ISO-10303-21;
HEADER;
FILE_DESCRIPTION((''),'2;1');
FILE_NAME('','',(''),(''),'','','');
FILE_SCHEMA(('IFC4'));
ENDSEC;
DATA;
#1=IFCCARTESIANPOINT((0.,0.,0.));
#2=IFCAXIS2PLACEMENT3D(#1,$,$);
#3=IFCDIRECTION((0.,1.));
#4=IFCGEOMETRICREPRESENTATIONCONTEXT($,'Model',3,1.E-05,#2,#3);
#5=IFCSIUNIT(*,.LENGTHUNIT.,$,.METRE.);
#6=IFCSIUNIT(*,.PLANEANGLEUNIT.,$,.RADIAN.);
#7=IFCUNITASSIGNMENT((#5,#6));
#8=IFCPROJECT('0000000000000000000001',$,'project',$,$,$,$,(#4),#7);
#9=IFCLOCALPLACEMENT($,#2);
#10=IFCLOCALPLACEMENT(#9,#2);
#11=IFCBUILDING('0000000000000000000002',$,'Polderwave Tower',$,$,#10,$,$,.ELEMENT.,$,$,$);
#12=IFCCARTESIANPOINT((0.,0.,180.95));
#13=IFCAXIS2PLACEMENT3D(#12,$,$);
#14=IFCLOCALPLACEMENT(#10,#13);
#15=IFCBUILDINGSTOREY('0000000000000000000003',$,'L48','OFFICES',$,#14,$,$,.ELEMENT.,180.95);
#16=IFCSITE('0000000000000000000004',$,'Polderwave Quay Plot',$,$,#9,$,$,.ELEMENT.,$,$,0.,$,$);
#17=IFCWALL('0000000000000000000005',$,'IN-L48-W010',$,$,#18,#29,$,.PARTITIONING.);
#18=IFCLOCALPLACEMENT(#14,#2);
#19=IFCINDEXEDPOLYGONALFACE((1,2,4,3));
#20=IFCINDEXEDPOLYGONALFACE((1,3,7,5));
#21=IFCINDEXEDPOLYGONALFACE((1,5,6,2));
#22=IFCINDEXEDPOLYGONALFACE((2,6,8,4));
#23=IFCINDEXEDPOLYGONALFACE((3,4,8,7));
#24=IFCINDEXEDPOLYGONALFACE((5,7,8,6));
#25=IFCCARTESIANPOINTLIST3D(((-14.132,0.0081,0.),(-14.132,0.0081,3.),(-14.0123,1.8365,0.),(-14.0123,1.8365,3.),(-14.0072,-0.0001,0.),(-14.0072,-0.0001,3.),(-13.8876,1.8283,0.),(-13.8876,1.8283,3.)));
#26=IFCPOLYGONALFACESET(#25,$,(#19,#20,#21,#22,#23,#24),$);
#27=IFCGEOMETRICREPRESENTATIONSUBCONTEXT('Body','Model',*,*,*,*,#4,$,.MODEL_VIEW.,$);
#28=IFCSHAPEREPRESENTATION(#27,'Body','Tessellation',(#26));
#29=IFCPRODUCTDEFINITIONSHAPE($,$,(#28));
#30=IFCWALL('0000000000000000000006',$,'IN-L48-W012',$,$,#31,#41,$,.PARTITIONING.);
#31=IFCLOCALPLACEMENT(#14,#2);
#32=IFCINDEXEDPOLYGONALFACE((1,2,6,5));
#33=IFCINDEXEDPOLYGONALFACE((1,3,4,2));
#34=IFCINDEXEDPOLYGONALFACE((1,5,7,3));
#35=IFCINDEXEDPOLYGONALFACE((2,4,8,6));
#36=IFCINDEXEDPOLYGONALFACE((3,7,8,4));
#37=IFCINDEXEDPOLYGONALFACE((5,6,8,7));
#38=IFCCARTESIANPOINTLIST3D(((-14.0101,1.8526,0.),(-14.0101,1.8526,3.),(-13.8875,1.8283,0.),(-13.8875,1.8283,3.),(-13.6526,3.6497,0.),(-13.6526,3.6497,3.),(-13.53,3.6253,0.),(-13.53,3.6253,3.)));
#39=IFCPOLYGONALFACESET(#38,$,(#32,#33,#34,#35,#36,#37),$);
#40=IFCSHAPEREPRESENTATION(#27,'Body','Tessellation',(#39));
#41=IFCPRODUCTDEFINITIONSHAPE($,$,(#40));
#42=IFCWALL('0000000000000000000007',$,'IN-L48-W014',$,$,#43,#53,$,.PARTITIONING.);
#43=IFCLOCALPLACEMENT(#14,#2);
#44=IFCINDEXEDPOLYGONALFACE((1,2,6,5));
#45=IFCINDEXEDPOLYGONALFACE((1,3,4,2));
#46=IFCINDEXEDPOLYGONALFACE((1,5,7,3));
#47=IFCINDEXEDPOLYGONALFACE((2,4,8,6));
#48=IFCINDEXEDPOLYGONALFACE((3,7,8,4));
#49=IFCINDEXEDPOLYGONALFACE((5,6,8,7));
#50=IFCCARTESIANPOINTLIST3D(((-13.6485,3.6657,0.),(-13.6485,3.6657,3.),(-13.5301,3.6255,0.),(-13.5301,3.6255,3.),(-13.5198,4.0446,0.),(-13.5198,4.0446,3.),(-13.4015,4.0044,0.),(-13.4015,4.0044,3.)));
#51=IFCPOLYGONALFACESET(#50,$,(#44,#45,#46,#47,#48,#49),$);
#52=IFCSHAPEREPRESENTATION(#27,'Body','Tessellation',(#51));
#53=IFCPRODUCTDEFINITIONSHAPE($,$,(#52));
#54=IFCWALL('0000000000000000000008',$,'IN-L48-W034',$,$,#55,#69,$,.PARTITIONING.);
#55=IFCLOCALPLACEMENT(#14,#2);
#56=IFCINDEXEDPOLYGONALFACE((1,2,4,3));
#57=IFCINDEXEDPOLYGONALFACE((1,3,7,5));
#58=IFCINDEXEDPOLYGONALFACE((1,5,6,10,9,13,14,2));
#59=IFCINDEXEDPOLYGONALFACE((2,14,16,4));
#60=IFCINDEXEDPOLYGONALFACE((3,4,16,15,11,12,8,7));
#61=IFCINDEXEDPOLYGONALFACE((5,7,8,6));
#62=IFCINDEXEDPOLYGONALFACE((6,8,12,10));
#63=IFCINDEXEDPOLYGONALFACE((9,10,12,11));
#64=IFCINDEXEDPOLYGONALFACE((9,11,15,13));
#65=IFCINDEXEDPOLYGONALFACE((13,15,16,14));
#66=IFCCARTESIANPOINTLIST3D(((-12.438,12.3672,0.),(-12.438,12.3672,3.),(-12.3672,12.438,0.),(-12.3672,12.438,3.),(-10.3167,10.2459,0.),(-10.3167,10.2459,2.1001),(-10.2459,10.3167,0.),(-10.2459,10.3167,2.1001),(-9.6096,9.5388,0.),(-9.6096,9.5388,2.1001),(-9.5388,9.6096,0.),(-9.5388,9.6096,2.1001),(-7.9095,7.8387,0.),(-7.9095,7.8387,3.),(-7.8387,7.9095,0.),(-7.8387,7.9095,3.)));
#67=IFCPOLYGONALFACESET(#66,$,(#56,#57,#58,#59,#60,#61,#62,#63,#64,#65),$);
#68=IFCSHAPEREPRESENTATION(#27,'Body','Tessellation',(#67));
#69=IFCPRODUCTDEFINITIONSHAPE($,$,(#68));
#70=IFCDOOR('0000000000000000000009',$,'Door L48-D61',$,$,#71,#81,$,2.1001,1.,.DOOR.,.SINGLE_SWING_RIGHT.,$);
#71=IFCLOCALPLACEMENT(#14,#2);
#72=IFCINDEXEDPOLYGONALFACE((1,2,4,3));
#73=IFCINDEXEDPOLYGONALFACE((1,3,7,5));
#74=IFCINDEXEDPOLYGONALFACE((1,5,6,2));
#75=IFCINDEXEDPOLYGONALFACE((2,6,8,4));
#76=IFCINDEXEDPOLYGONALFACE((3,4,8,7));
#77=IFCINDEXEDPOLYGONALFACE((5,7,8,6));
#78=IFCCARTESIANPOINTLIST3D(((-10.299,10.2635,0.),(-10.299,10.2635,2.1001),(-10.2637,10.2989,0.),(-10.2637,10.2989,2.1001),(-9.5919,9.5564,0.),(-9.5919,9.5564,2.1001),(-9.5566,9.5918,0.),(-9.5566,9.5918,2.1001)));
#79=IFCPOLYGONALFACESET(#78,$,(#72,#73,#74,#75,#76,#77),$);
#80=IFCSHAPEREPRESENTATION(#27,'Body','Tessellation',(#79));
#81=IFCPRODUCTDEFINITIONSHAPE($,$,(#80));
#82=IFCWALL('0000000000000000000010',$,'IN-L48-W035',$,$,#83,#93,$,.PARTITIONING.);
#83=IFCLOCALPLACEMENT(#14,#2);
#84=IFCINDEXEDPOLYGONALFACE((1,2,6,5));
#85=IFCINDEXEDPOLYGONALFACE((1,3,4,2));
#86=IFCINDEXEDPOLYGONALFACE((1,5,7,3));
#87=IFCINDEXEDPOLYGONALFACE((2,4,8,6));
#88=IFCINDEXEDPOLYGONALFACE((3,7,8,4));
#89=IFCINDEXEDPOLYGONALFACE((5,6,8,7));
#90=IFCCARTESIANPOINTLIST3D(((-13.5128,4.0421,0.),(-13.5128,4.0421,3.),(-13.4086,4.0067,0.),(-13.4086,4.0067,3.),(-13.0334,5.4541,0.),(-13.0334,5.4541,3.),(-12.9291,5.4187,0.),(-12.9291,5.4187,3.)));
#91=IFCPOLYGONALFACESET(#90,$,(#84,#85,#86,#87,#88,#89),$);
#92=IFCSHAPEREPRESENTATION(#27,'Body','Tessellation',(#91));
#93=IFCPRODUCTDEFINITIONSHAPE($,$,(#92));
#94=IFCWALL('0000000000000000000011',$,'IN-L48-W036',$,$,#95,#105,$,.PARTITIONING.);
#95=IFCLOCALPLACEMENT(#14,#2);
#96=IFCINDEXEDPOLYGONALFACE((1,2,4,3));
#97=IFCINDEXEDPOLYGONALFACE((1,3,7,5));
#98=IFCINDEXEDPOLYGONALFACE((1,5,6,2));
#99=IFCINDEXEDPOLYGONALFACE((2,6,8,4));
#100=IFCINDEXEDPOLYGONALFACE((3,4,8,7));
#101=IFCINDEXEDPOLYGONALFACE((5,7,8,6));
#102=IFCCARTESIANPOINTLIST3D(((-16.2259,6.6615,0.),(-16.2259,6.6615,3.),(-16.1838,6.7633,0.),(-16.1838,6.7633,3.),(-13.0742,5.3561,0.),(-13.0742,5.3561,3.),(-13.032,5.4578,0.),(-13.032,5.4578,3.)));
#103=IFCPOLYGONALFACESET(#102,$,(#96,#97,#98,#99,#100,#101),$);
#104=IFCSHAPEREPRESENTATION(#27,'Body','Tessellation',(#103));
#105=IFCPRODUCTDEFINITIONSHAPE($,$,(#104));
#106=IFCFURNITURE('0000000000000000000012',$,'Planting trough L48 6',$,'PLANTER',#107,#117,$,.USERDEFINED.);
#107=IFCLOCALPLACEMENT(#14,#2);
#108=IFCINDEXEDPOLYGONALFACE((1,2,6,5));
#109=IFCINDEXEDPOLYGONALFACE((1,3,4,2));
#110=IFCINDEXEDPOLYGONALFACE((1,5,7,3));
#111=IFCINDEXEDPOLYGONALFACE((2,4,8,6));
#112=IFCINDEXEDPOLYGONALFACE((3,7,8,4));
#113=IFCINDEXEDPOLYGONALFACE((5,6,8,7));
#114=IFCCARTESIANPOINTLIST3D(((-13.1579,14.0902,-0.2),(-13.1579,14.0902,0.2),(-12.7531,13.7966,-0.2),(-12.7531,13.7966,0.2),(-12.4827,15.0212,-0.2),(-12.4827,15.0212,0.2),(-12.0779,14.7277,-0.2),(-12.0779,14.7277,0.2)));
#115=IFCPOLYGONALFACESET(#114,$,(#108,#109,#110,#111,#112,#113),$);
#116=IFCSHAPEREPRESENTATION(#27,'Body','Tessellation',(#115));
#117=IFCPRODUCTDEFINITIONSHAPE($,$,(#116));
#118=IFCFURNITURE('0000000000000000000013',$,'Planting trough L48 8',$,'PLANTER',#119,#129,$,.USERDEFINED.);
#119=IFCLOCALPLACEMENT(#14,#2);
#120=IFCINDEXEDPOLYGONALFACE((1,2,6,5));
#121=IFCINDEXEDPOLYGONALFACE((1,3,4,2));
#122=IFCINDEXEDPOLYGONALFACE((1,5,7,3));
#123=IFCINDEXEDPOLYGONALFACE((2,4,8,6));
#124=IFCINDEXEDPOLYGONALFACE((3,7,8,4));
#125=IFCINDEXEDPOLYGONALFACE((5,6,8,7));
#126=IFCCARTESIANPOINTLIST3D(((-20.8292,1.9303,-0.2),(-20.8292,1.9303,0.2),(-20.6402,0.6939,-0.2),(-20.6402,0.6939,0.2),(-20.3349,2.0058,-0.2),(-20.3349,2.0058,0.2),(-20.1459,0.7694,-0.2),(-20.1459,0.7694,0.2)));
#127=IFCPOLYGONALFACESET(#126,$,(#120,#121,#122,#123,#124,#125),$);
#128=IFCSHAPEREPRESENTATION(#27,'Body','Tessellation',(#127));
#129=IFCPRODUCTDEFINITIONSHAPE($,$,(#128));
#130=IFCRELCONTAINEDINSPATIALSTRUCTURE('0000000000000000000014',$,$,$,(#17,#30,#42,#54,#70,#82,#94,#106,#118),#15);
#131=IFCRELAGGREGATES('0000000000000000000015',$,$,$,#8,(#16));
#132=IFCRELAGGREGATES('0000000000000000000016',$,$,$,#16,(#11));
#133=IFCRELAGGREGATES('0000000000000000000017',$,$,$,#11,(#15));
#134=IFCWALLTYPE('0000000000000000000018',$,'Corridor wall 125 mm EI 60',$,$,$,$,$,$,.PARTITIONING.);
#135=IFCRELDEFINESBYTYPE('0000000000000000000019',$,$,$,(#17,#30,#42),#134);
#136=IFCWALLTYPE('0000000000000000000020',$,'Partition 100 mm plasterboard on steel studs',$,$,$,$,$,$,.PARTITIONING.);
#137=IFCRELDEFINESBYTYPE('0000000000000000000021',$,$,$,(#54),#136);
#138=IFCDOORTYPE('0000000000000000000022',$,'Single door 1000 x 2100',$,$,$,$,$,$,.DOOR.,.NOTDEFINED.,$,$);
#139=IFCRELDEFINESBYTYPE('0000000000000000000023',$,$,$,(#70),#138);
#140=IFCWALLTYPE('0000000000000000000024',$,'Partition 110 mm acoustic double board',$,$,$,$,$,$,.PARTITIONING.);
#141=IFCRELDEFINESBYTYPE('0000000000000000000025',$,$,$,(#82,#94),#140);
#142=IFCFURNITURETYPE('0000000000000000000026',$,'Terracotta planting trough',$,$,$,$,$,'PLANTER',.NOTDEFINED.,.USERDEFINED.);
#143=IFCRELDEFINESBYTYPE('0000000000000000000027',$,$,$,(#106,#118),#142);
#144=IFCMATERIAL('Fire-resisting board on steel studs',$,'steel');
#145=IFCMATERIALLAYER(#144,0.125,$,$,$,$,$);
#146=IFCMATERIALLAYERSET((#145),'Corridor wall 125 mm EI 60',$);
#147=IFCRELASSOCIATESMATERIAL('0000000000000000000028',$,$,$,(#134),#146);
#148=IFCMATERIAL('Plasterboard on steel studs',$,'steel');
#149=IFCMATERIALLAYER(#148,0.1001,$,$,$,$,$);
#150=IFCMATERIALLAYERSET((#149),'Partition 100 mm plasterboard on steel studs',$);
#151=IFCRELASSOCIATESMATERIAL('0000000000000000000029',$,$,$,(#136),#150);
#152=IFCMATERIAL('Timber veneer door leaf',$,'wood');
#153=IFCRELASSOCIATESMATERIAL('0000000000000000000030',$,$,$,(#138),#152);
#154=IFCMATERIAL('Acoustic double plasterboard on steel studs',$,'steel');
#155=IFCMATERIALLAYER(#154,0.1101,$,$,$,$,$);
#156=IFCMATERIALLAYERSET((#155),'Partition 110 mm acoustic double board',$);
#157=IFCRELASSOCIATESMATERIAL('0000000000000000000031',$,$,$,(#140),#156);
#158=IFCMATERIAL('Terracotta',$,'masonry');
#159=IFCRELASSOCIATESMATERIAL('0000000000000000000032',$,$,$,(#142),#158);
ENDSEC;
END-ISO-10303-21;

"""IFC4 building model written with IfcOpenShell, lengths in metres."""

from ifc_helpers import new_model, si_unit, direction, frame, frame_2d, origin, origin_2d, place, context, subcontext, project, spatial, rectangle, extrude, material, layer, layer_set, type_object, element, fill, save


model = new_model("IFC4")

# Units and contexts
model_context = context("Model", 3, precision=1e-05, world=origin(), true_north=direction((0.0, 1.0)))
body_context = subcontext(model_context, "Body", "Model", "MODEL_VIEW")
ifc_project = project(units=[si_unit("LENGTHUNIT", "METRE"), si_unit("PLANEANGLEUNIT", "RADIAN")], contexts=[model_context])

# Site, building, storey
site_placement = place(None, origin())
site = spatial("IfcSite", under=ifc_project, at=site_placement, Name="Polderwave Quay Plot", CompositionType="ELEMENT", RefElevation=0.0)
building_placement = place(site_placement, origin())
building = spatial("IfcBuilding", under=site, at=building_placement, Name="Polderwave Tower", CompositionType="ELEMENT")
storey_placement = place(building_placement, frame((0.0, 0.0, 180.95)))
storey = spatial("IfcBuildingStorey", under=building, at=storey_placement, Name="L48", Description="OFFICES", CompositionType="ELEMENT", Elevation=180.95)

# Shared definitions
ifc_material_1 = material(Name="Fire-resisting board on steel studs", Category="steel")
ifc_layer_1 = layer(ifc_material_1, 0.125)
ifc_layer_set_1 = layer_set([ifc_layer_1], Name="Corridor wall 125 mm EI 60")
wall_type_1 = type_object("IfcWallType", Name="Corridor wall 125 mm EI 60", PredefinedType="PARTITIONING", material=ifc_layer_set_1)

# Walls
for number, where, z_axis, x_axis, name in (
    (1, (-14.0696, 0.0042, 0.0), (0.0, 0.0, 1.0), (0.06529, 0.997866, 0.0), "IN-L48-W010"),
    (2, (-13.9487, 1.8406, 0.0), (0.0, 0.0, 1.0), (0.195065, 0.98079, 0.0), "IN-L48-W012"),
):
    element("IfcWall", number, at=place(storey_placement, frame(where, z_axis=z_axis, x_axis=x_axis)), inside=storey, type_object=wall_type_1, Name=name, PredefinedType="PARTITIONING", context=body_context, shape_type="SweptSolid", body=[
        extrude(rectangle(XDim=1.8323, YDim=0.125, at=frame_2d((0.916, 0.0))), origin(), (0.0, 0.0, 1.0), 3.0),
    ])
wall_1_placement = place(storey_placement, frame((-13.5894, 3.6455, 0.0), z_axis=(0.0, 0.0, 1.0), x_axis=(0.321531, 0.946899, 0.0)))
element("IfcWall", 3, at=wall_1_placement, inside=storey, type_object=wall_type_1, Name="IN-L48-W014", PredefinedType="PARTITIONING", context=body_context, shape_type="SweptSolid", body=[
    extrude(rectangle(XDim=0.4001, YDim=0.125, at=frame_2d((0.2002, 0.0))), origin(), (0.0, 0.0, 1.0), 3.0),
])

# Wall, opening, door
ifc_material_2 = material(Name="Plasterboard on steel studs", Category="steel")
ifc_layer_2 = layer(ifc_material_2, 0.1001)
ifc_layer_set_2 = layer_set([ifc_layer_2], Name="Partition 100 mm plasterboard on steel studs")
wall_type_2 = type_object("IfcWallType", Name="Partition 100 mm plasterboard on steel studs", PredefinedType="PARTITIONING", material=ifc_layer_set_2)
wall_2_placement = place(storey_placement, frame((-12.4026, 12.4026, 0.0), z_axis=(0.0, 0.0, 1.0), x_axis=(0.707107, -0.707107, 0.0)))
wall_2 = element("IfcWall", 4, at=wall_2_placement, inside=storey, type_object=wall_type_2, Name="IN-L48-W034", PredefinedType="PARTITIONING", context=body_context, shape_type="SweptSolid", body=[
    extrude(rectangle(XDim=6.4043, YDim=0.1001, at=frame_2d((3.2021, 0.0))), origin(), (0.0, 0.0, 1.0), 3.0),
])
opening_1_placement = place(wall_2_placement, frame((3.0, 0.0, 0.0)))
opening_1 = element("IfcOpeningElement", 5, at=opening_1_placement, cuts=wall_2, PredefinedType="OPENING", context=body_context, shape_type="SweptSolid", body=[
    extrude(rectangle(XDim=1.0, YDim=2.1001, at=frame_2d((0.5, 1.05))), frame((0.0, 0.0601, 0.0), z_axis=(0.0, -1.0, 0.0), x_axis=(1.0, 0.0, 0.0)), (0.0, 0.0, 1.0), 0.1201),
])
ifc_material_3 = material(Name="Timber veneer door leaf", Category="wood")
door_type_1 = type_object("IfcDoorType", Name="Single door 1000 x 2100", OperationType="NOTDEFINED", PredefinedType="DOOR", material=ifc_material_3)
door_1_placement = place(opening_1_placement, origin())
door_1 = element("IfcDoor", 6, at=door_1_placement, inside=storey, type_object=door_type_1, Name="Door L48-D61", OperationType="SINGLE_SWING_RIGHT", OverallHeight=2.1001, OverallWidth=1.0, PredefinedType="DOOR", context=body_context, shape_type="SweptSolid", body=[
    extrude(rectangle(XDim=1.0, YDim=2.1001, at=frame_2d((0.5, 1.05))), frame((0.0, 0.0249, 0.0), z_axis=(0.0, -1.0, 0.0), x_axis=(1.0, 0.0, 0.0)), (0.0, 0.0, 1.0), 0.05),
])
fill(opening_1, door_1)

# Walls
ifc_material_4 = material(Name="Acoustic double plasterboard on steel studs", Category="steel")
ifc_layer_3 = layer(ifc_material_4, 0.1101)
ifc_layer_set_3 = layer_set([ifc_layer_3], Name="Partition 110 mm acoustic double board")
wall_type_3 = type_object("IfcWallType", Name="Partition 110 mm acoustic double board", PredefinedType="PARTITIONING", material=ifc_layer_set_3)
wall_3_placement = place(storey_placement, frame((-13.4607, 4.0244, 0.0), z_axis=(0.0, 0.0, 1.0), x_axis=(0.321527, 0.9469, 0.0)))
element("IfcWall", 7, at=wall_3_placement, inside=storey, type_object=wall_type_3, Name="IN-L48-W035", PredefinedType="PARTITIONING", context=body_context, shape_type="SweptSolid", body=[
    extrude(rectangle(XDim=1.4912, YDim=0.1101, at=frame_2d((0.7456, 0.0))), origin(), (0.0, 0.0, 1.0), 3.0),
])
wall_4_placement = place(storey_placement, frame((-13.0532, 5.407, 0.0), z_axis=(0.0, 0.0, 1.0), x_axis=(-0.923882, 0.382678, 0.0)))
element("IfcWall", 8, at=wall_4_placement, inside=storey, type_object=wall_type_3, Name="IN-L48-W036", PredefinedType="PARTITIONING", context=body_context, shape_type="SweptSolid", body=[
    extrude(rectangle(XDim=3.4114, YDim=0.1101, at=frame_2d((1.7056, 0.0))), origin(), (0.0, 0.0, 1.0), 3.0),
])

# Furniture
ifc_material_5 = material(Name="Terracotta", Category="masonry")
furniture_type = type_object("IfcFurnitureType", Name="Terracotta planting trough", ElementType="PLANTER", AssemblyPlace="NOTDEFINED", PredefinedType="USERDEFINED", material=ifc_material_5)
furniture_1_placement = place(storey_placement, frame((-12.6179, 14.4089, -0.2), z_axis=(0.0, 0.0, 1.0), x_axis=(-0.587068, -0.809538, 0.0)))
element("IfcFurniture", 9, at=furniture_1_placement, inside=storey, type_object=furniture_type, Name="Planting trough L48 6", ObjectType="PLANTER", PredefinedType="USERDEFINED", context=body_context, shape_type="SweptSolid", body=[
    extrude(rectangle(XDim=1.1501, YDim=0.5, at=origin_2d()), origin(), (0.0, 0.0, 1.0), 0.3999),
])
furniture_2_placement = place(storey_placement, frame((-20.4875, 1.3499, -0.2), z_axis=(0.0, 0.0, 1.0), x_axis=(0.151112, -0.988517, 0.0)))
element("IfcFurniture", 10, at=furniture_2_placement, inside=storey, type_object=furniture_type, Name="Planting trough L48 8", ObjectType="PLANTER", PredefinedType="USERDEFINED", context=body_context, shape_type="SweptSolid", body=[
    extrude(rectangle(XDim=1.2507, YDim=0.5, at=origin_2d()), origin(), (0.0, 0.0, 1.0), 0.3999),
])

save(model, "model.ifc")
